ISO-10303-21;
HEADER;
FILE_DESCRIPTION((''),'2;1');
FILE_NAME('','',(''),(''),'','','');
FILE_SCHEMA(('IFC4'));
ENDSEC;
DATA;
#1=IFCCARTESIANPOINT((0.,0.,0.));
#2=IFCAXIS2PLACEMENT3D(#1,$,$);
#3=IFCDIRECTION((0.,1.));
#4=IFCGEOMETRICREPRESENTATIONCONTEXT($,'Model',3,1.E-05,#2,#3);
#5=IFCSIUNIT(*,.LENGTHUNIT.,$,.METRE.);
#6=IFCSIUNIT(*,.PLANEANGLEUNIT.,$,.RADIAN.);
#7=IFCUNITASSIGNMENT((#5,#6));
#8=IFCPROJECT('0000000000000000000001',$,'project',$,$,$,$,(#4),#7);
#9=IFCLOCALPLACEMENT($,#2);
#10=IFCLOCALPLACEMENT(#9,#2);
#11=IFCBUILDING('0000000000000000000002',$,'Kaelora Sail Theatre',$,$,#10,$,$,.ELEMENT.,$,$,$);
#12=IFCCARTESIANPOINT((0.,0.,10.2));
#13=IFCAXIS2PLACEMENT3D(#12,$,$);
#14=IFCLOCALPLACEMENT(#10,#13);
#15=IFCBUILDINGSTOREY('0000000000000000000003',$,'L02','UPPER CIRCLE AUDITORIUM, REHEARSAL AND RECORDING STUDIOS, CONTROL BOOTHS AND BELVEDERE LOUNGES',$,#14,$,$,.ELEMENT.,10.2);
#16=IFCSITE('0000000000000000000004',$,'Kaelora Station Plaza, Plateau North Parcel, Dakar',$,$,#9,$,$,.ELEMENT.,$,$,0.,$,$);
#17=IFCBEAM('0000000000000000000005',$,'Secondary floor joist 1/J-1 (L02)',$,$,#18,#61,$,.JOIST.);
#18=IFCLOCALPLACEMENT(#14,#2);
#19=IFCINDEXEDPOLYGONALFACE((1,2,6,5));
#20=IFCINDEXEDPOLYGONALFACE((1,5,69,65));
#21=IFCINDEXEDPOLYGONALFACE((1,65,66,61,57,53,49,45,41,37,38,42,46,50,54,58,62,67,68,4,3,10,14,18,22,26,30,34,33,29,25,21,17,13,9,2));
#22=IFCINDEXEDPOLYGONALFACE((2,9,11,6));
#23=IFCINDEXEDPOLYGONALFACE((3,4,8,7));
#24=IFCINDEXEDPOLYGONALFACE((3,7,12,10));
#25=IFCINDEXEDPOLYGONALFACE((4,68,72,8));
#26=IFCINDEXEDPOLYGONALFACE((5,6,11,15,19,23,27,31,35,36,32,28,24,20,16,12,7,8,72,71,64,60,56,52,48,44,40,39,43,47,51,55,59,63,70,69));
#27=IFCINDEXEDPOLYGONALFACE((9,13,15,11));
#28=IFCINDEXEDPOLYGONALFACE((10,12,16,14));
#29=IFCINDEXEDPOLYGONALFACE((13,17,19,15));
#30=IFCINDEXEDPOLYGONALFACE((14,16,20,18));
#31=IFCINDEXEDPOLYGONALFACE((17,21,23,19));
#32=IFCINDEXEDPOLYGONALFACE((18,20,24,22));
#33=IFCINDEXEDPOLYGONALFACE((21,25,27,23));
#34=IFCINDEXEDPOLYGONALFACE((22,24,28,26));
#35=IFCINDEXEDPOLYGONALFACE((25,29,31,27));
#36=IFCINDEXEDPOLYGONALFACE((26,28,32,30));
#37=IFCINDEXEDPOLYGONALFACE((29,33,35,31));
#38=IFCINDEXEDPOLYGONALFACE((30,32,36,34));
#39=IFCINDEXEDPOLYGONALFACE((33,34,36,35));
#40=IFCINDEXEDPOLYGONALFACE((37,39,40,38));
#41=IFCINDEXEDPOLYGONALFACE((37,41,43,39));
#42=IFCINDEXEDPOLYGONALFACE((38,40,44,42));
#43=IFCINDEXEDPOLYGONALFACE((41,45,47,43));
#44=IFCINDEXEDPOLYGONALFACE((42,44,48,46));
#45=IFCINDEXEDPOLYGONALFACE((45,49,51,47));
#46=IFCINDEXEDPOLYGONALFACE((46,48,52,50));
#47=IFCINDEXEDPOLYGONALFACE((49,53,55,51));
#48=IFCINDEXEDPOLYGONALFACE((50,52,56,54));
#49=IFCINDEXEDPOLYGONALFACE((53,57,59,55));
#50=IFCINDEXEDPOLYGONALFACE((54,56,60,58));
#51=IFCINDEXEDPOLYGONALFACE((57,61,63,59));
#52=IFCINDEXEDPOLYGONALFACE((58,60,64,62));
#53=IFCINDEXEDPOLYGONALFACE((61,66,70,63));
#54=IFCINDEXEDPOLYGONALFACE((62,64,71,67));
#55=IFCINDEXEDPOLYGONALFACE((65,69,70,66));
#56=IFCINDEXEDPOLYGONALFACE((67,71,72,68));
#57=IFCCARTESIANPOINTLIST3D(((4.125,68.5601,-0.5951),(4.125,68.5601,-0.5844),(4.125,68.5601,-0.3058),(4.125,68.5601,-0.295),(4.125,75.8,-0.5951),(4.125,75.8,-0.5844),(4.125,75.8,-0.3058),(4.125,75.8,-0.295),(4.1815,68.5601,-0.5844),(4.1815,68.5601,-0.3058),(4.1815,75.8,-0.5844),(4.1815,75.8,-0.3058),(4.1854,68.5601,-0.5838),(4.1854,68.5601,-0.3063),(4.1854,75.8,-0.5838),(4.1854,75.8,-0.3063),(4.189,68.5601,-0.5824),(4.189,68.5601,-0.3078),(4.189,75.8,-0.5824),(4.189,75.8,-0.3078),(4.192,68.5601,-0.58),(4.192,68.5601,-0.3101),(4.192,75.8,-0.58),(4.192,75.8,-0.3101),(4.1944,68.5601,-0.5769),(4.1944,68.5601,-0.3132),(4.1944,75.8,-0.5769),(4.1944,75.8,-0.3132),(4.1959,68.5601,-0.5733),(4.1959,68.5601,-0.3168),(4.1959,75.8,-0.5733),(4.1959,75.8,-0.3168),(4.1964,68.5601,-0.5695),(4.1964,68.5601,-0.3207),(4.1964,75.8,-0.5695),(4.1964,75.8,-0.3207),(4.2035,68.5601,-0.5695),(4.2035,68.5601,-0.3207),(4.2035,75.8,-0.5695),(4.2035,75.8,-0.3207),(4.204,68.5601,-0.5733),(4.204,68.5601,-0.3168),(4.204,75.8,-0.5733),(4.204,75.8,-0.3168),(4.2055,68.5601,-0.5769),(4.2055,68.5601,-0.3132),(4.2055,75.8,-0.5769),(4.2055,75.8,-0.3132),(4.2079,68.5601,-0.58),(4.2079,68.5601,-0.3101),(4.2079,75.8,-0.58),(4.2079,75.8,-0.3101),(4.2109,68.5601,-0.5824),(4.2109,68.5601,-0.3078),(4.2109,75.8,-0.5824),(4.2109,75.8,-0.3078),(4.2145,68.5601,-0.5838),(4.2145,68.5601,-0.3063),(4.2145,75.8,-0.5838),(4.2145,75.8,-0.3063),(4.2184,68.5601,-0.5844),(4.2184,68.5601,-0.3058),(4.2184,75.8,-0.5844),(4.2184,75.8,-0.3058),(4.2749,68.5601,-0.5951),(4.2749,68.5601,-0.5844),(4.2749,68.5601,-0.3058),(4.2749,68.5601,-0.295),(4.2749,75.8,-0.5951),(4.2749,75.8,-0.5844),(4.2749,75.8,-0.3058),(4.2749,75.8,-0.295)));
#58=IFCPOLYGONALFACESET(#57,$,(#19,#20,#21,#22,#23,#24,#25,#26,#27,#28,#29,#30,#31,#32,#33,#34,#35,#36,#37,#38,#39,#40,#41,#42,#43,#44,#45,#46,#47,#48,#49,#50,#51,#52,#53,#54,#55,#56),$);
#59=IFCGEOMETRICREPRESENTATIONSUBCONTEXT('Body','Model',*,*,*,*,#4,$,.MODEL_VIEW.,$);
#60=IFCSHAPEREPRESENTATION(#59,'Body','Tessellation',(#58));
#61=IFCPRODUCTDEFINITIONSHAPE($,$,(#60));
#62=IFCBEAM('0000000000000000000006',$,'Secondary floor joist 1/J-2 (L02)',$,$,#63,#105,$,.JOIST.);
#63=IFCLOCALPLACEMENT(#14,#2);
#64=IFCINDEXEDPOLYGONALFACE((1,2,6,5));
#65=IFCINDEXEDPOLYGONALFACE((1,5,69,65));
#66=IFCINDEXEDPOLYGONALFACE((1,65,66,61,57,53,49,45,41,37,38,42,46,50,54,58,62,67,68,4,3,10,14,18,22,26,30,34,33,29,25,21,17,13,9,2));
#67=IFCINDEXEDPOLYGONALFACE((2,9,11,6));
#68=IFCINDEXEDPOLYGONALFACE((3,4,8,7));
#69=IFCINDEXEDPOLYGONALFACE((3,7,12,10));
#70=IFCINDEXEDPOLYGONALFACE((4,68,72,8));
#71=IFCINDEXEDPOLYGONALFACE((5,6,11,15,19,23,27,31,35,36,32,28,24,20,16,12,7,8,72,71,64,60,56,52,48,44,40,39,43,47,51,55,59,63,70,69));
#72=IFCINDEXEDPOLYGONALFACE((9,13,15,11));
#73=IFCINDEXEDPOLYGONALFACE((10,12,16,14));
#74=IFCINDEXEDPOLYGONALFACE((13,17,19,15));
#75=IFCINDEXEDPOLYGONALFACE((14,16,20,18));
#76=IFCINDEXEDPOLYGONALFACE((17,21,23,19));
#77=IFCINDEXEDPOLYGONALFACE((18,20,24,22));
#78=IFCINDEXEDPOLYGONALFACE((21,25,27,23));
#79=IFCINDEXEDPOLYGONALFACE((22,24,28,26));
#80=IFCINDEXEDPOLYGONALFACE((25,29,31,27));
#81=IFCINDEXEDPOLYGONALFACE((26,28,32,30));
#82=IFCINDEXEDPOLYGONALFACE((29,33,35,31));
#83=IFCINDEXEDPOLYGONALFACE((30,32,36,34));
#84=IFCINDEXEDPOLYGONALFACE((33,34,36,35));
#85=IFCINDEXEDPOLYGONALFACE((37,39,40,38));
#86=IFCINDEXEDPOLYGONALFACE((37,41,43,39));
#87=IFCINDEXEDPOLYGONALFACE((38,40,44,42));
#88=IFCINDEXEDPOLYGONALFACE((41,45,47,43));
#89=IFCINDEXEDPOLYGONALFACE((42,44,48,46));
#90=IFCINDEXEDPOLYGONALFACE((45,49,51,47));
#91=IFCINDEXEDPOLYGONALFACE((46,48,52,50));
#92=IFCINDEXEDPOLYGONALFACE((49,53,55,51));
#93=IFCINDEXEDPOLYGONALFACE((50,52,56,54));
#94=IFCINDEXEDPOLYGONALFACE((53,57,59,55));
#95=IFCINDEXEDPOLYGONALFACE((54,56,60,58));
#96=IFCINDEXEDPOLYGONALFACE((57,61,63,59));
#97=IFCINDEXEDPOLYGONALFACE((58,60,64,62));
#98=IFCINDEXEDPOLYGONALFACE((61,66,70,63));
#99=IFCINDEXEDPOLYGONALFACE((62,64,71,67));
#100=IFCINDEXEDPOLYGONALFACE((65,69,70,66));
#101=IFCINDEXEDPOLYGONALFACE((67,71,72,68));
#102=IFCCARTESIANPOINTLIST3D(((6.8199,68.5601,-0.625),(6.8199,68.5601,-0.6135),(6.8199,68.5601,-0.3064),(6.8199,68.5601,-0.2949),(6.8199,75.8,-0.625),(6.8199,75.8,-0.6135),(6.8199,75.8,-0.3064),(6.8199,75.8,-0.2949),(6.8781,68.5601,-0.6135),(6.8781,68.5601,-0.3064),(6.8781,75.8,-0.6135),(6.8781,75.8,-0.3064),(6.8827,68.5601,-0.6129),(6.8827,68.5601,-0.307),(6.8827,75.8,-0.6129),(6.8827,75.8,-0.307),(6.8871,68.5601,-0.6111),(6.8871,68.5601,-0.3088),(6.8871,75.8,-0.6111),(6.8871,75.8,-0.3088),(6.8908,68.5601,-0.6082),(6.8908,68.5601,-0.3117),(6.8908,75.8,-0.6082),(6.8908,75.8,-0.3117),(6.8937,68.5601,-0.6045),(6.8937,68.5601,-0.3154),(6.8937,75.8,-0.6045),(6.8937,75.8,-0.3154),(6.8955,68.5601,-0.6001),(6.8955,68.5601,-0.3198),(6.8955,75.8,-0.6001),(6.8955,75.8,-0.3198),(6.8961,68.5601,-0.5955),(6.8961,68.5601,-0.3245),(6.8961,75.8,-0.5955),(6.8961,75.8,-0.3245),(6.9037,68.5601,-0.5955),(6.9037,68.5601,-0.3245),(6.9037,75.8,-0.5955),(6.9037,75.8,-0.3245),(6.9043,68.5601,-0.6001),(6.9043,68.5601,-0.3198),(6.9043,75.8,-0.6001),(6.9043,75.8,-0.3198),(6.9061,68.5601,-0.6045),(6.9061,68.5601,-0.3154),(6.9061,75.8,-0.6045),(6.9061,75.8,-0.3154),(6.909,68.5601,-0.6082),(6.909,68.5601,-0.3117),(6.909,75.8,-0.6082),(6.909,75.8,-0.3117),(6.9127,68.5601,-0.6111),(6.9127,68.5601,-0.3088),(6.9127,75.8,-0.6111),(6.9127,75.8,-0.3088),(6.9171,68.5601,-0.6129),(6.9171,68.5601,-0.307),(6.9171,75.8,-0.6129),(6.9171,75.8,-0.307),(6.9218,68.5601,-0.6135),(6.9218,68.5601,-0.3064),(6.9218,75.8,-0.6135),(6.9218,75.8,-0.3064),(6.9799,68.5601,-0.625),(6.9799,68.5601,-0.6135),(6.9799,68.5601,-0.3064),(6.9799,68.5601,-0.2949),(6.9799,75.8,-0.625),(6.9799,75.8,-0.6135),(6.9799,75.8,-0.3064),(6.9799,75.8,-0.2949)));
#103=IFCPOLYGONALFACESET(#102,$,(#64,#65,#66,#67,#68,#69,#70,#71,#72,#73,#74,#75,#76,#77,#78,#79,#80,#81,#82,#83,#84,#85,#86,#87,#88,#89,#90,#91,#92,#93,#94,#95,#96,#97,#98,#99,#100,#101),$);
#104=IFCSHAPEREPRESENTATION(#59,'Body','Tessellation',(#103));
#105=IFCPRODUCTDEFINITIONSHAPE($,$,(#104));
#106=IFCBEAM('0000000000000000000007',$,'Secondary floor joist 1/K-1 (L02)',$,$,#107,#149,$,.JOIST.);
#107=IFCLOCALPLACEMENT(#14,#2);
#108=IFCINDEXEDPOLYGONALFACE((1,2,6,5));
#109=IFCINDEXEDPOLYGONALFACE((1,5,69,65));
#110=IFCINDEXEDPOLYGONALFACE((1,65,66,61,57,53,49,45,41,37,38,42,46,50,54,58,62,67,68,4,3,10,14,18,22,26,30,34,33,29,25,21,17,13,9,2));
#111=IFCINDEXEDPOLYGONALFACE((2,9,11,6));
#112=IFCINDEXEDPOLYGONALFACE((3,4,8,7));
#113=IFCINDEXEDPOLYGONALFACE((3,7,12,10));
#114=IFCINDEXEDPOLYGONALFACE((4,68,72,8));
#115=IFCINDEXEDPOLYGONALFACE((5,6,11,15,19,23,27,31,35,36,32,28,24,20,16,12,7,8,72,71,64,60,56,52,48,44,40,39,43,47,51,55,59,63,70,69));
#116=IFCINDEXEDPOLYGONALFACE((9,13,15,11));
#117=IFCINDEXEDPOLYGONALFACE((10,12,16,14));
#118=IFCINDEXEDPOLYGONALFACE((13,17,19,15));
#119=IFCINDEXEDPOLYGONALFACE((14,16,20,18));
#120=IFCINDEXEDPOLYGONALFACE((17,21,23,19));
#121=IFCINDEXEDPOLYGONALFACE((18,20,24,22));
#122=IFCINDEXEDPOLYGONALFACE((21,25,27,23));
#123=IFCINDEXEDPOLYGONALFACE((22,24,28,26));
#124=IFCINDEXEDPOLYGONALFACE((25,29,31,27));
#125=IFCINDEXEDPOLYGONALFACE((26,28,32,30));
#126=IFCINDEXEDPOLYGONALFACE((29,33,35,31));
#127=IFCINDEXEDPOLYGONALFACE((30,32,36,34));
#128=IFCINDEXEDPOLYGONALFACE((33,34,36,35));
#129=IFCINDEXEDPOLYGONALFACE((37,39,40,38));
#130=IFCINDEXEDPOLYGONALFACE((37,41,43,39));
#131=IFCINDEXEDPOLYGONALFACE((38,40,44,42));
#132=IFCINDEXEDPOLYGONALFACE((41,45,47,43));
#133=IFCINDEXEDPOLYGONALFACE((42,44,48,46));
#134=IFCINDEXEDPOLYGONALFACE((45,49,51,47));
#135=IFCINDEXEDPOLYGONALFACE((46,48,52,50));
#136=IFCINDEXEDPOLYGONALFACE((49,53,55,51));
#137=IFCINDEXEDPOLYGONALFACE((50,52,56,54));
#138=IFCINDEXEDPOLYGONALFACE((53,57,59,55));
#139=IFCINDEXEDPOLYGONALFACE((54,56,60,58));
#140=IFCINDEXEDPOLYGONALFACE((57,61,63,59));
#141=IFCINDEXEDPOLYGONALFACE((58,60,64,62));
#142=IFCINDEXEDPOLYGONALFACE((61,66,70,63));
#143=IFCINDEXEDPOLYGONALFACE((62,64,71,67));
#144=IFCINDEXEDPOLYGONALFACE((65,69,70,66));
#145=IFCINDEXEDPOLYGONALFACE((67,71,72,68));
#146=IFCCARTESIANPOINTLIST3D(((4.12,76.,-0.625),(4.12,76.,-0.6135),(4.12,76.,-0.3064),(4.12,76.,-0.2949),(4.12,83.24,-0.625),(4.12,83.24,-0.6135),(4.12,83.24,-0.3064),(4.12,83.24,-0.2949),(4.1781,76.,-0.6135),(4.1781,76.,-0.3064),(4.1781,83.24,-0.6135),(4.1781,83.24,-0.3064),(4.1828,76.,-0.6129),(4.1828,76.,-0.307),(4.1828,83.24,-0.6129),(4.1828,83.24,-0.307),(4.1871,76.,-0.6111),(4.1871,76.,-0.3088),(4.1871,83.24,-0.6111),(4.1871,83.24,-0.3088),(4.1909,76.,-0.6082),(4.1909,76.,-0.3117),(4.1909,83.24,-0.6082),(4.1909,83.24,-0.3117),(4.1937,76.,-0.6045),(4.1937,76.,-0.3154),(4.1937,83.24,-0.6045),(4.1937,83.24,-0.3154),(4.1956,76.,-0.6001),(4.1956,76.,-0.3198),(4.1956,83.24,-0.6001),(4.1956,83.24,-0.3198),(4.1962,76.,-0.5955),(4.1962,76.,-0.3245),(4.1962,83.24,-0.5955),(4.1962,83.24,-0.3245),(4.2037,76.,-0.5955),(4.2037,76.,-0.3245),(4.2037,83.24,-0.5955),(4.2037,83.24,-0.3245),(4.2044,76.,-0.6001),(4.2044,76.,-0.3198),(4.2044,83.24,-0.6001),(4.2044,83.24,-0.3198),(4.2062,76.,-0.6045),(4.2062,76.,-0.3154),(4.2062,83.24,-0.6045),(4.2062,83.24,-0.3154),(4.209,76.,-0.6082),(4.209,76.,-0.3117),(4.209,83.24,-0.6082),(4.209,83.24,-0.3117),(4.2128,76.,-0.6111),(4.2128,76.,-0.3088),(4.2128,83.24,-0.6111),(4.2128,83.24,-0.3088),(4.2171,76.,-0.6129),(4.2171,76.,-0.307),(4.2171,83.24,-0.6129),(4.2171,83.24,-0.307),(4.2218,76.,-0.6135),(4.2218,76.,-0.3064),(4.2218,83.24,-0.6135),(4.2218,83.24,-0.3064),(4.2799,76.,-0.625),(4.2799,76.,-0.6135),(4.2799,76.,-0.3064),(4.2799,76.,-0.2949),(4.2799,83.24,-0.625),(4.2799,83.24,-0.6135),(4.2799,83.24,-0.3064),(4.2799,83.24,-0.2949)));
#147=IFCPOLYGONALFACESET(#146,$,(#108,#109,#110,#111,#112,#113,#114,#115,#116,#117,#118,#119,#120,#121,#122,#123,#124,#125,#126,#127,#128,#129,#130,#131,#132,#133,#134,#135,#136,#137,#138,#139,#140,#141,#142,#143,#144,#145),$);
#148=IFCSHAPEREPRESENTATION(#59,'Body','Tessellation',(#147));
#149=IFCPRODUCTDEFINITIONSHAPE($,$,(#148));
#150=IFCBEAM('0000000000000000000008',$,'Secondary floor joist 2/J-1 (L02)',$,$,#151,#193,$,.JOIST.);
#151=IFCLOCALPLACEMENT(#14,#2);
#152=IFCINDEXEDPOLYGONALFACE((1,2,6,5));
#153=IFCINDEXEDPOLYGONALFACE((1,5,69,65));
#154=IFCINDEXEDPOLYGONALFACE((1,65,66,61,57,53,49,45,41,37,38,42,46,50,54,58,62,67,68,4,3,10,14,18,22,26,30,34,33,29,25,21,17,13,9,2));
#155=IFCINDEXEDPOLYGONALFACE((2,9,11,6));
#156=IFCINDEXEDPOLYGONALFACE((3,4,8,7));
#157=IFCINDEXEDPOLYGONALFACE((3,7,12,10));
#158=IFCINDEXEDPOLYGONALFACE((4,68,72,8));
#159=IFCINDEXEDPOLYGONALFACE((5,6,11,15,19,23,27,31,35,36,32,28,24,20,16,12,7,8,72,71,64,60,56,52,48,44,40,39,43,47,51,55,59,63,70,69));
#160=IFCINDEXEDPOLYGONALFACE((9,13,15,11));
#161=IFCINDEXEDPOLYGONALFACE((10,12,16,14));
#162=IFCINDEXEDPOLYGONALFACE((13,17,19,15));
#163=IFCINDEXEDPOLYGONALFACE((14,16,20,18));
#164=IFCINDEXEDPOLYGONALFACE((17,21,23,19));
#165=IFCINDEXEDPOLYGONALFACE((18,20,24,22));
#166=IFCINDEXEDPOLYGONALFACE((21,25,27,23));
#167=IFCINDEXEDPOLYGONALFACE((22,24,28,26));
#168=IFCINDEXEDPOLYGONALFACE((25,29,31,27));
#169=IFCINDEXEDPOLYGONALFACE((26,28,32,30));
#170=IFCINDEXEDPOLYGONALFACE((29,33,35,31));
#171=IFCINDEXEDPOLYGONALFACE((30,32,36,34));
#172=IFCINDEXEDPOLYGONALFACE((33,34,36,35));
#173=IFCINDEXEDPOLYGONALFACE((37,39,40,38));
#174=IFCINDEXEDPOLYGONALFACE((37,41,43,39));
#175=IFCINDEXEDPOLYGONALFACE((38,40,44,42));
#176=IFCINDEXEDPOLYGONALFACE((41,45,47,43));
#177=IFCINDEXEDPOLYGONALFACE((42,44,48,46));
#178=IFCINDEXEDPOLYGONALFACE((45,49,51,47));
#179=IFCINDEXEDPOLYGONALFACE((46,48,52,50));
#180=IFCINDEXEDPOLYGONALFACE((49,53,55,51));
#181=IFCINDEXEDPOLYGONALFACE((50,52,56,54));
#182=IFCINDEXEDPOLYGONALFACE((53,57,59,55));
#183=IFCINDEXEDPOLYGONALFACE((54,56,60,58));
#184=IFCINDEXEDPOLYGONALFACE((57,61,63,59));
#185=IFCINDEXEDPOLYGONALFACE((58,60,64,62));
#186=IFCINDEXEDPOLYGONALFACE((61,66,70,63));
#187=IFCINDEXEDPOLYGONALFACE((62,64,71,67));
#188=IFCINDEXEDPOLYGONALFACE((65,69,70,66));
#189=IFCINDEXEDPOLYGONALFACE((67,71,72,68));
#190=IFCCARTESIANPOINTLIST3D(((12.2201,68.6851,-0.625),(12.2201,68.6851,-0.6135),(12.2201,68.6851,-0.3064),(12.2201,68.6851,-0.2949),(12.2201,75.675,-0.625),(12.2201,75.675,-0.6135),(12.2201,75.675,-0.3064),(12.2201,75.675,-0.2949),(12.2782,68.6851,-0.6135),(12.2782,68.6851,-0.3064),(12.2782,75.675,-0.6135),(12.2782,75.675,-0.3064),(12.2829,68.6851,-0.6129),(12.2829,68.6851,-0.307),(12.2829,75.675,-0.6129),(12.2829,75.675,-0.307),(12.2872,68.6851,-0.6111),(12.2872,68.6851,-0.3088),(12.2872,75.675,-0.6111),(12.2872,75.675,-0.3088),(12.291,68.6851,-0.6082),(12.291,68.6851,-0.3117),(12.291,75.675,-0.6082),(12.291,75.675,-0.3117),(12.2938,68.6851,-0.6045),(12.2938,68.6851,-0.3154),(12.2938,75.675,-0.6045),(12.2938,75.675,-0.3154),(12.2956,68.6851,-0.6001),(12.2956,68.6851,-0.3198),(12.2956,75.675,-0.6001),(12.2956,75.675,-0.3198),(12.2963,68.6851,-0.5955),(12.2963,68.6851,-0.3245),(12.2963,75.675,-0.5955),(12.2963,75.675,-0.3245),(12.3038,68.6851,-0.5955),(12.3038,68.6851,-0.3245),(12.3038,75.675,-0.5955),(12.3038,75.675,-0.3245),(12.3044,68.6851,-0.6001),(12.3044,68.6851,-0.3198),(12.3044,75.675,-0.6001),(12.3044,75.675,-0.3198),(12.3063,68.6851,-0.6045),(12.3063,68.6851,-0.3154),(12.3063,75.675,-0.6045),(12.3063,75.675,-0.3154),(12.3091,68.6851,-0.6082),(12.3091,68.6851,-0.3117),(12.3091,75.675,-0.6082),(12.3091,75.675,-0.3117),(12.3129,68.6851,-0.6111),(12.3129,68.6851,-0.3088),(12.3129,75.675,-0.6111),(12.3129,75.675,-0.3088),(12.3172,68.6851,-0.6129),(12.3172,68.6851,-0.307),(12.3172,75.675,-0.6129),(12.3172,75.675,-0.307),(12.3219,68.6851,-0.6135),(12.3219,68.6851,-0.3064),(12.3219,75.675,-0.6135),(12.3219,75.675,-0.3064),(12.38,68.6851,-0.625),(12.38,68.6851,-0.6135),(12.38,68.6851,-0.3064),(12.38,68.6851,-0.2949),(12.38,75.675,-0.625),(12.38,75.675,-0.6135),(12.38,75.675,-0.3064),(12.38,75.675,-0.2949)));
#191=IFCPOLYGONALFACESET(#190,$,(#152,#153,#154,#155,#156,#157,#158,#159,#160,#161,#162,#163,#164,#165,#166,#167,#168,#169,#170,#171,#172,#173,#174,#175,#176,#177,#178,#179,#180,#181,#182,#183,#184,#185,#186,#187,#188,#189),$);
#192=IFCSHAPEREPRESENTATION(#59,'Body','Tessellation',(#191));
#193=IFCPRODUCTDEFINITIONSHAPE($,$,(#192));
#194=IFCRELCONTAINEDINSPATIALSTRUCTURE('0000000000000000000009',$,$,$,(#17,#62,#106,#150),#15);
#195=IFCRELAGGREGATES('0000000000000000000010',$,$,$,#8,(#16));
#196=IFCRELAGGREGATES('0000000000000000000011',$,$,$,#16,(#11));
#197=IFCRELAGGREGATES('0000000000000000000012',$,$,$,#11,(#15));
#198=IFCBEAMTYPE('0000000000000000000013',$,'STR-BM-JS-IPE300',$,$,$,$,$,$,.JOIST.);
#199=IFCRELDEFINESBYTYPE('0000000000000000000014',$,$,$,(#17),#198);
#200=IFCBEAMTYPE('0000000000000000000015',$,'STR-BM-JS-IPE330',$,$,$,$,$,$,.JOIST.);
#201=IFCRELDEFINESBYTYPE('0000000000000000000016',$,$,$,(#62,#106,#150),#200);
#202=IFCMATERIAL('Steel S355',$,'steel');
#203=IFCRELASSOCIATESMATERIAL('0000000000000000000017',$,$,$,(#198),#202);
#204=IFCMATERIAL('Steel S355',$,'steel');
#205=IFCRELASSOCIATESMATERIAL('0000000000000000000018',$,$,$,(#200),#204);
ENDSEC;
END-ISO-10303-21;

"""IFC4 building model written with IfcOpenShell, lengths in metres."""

from ifc_helpers import new_model, si_unit, direction, frame, origin, origin_2d, place, context, subcontext, project, spatial, i_section, extrude, material, material_profile, profile_set, type_object, element, save


model = new_model("IFC4")

# Units and contexts
model_context = context("Model", 3, precision=1e-05, world=origin(), true_north=direction((0.0, 1.0)))
body_context = subcontext(model_context, "Body", "Model", "MODEL_VIEW")
ifc_project = project(units=[si_unit("LENGTHUNIT", "METRE"), si_unit("PLANEANGLEUNIT", "RADIAN")], contexts=[model_context])

# Site, building, storey
site_placement = place(None, origin())
site = spatial("IfcSite", under=ifc_project, at=site_placement, Name="Kaelora Station Plaza, Plateau North Parcel, Dakar", CompositionType="ELEMENT", RefElevation=0.0)
building_placement = place(site_placement, origin())
building = spatial("IfcBuilding", under=site, at=building_placement, Name="Kaelora Sail Theatre", CompositionType="ELEMENT")
storey_placement = place(building_placement, frame((0.0, 0.0, 10.2)))
storey = spatial("IfcBuildingStorey", under=building, at=storey_placement, Name="L02", Description="UPPER CIRCLE AUDITORIUM, REHEARSAL AND RECORDING STUDIOS, CONTROL BOOTHS AND BELVEDERE LOUNGES", CompositionType="ELEMENT", Elevation=10.2)

# Beams
ifc_material_1 = material(Name="Steel S355", Category="steel")
ifc_material_profile_1 = material_profile(ifc_material_1, i_section(OverallWidth=0.1499, OverallDepth=0.3, WebThickness=0.0071, FlangeThickness=0.0107, FilletRadius=0.0149, at=origin_2d()), Name="IPE 300")
ifc_profile_set_1 = profile_set([ifc_material_profile_1], Name="Steel S355")
beam_type_1 = type_object("IfcBeamType", Name="STR-BM-JS-IPE300", PredefinedType="JOIST", material=ifc_profile_set_1)
beam_1_placement = place(storey_placement, frame((4.2, 68.5601, -0.4451), z_axis=(0.0, 1.0, 0.0), x_axis=(-1.0, 0.0, 0.0)))
element("IfcBeam", 1, at=beam_1_placement, inside=storey, type_object=beam_type_1, Name="Secondary floor joist 1/J-1 (L02)", PredefinedType="JOIST", context=body_context, shape_type="SweptSolid", body=[
    extrude(i_section(OverallWidth=0.1499, OverallDepth=0.3, WebThickness=0.0071, FlangeThickness=0.0107, FilletRadius=0.0149, at=origin_2d()), origin(), (0.0, 0.0, 1.0), 7.24),
])
ifc_material_2 = material(Name="Steel S355", Category="steel")
ifc_material_profile_2 = material_profile(ifc_material_2, i_section(OverallWidth=0.1599, OverallDepth=0.3301, WebThickness=0.0076, FlangeThickness=0.0115, FilletRadius=0.0181, at=origin_2d()), Name="IPE 330")
ifc_profile_set_2 = profile_set([ifc_material_profile_2], Name="Steel S355")
beam_type_2 = type_object("IfcBeamType", Name="STR-BM-JS-IPE330", PredefinedType="JOIST", material=ifc_profile_set_2)
for number, where, z_axis, x_axis, name in (
    (2, (6.8999, 68.5601, -0.46), (0.0, 1.0, 0.0), (-1.0, 0.0, 0.0), "Secondary floor joist 1/J-2 (L02)"),
    (3, (4.2, 76.0, -0.46), (0.0, 1.0, 0.0), (-1.0, 0.0, 0.0), "Secondary floor joist 1/K-1 (L02)"),
):
    element("IfcBeam", number, at=place(storey_placement, frame(where, z_axis=z_axis, x_axis=x_axis)), inside=storey, type_object=beam_type_2, Name=name, PredefinedType="JOIST", context=body_context, shape_type="SweptSolid", body=[
        extrude(i_section(OverallWidth=0.1599, OverallDepth=0.3301, WebThickness=0.0076, FlangeThickness=0.0115, FilletRadius=0.0181, at=origin_2d()), origin(), (0.0, 0.0, 1.0), 7.24),
    ])
beam_2_placement = place(storey_placement, frame((12.3, 68.6851, -0.46), z_axis=(0.0, 1.0, 0.0), x_axis=(-1.0, 0.0, 0.0)))
element("IfcBeam", 4, at=beam_2_placement, inside=storey, type_object=beam_type_2, Name="Secondary floor joist 2/J-1 (L02)", PredefinedType="JOIST", context=body_context, shape_type="SweptSolid", body=[
    extrude(i_section(OverallWidth=0.1599, OverallDepth=0.3301, WebThickness=0.0076, FlangeThickness=0.0115, FilletRadius=0.0181, at=origin_2d()), origin(), (0.0, 0.0, 1.0), 6.99),
])

save(model, "model.ifc")
